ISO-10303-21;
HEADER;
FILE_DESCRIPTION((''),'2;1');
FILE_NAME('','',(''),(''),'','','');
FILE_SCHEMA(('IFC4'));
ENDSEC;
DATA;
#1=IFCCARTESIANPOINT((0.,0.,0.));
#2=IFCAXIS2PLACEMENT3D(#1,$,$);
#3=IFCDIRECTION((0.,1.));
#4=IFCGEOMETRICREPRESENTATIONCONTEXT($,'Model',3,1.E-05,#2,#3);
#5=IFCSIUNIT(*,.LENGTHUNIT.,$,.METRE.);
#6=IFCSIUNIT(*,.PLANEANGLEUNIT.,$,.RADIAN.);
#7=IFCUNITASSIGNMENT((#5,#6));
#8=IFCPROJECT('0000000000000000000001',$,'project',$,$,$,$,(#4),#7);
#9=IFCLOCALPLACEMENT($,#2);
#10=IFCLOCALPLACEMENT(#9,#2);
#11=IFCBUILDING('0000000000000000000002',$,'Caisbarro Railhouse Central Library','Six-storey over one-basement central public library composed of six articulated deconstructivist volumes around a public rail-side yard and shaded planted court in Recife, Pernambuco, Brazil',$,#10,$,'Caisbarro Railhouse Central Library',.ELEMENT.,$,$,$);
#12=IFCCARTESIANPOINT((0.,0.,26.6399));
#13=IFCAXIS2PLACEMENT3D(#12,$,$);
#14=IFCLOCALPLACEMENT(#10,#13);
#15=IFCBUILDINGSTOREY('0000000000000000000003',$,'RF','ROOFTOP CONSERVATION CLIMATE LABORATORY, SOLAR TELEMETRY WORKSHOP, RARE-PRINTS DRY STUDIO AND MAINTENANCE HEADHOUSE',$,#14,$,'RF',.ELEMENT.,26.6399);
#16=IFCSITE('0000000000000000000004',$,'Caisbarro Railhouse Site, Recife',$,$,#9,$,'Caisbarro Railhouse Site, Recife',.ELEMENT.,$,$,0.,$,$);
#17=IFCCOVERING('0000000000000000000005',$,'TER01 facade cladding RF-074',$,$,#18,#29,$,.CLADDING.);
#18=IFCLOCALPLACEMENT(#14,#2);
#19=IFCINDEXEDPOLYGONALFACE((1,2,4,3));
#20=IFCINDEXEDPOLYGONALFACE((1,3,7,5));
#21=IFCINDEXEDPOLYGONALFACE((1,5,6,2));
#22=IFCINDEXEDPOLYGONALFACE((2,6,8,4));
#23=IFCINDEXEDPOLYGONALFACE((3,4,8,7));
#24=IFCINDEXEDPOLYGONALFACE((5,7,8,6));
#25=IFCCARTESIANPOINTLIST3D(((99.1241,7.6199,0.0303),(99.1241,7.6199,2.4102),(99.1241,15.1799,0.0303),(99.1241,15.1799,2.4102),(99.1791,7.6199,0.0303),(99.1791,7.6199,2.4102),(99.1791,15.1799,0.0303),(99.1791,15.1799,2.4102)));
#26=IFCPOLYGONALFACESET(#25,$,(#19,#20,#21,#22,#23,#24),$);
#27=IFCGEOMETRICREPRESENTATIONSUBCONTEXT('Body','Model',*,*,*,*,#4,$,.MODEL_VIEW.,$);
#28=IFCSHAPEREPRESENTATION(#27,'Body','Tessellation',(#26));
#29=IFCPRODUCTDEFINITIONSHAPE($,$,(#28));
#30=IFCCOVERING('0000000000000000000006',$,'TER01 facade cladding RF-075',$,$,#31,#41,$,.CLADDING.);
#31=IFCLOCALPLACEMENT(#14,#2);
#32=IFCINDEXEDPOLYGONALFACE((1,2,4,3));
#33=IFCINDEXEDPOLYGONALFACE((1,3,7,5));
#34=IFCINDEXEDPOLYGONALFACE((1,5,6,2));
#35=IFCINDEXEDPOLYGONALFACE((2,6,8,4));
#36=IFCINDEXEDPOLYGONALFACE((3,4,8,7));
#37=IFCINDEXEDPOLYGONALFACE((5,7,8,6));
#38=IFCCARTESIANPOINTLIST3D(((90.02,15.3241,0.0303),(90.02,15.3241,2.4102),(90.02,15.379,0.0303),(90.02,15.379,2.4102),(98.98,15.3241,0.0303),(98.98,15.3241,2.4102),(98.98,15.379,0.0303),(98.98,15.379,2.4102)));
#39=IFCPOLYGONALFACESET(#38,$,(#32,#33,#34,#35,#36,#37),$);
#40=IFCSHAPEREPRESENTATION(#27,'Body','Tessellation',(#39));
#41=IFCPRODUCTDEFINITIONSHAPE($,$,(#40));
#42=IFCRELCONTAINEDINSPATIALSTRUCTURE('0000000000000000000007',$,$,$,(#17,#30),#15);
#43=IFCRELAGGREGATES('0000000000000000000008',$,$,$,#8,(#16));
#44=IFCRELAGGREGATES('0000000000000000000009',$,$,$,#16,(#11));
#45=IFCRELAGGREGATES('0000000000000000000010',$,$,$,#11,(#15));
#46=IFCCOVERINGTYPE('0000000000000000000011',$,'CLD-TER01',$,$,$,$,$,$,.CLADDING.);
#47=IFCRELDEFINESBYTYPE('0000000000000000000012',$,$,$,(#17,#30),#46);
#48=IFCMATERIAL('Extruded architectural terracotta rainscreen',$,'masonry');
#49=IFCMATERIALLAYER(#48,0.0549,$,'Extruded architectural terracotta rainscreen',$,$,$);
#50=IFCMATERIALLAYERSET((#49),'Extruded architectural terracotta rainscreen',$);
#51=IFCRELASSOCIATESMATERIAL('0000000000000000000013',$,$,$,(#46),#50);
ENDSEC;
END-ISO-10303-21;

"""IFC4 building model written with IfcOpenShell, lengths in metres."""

from ifc_helpers import new_model, si_unit, direction, frame, origin, origin_2d, place, context, subcontext, project, spatial, rectangle, extrude, material, layer, layer_set, type_object, element, save


model = new_model("IFC4")

# Units and contexts
model_context = context("Model", 3, precision=1e-05, world=origin(), true_north=direction((0.0, 1.0)))
body_context = subcontext(model_context, "Body", "Model", "MODEL_VIEW")
ifc_project = project(units=[si_unit("LENGTHUNIT", "METRE"), si_unit("PLANEANGLEUNIT", "RADIAN")], contexts=[model_context])

# Site, building, storey
site_placement = place(None, origin())
site = spatial("IfcSite", under=ifc_project, at=site_placement, Name="Caisbarro Railhouse Site, Recife", LongName="Caisbarro Railhouse Site, Recife", CompositionType="ELEMENT", RefElevation=0.0)
building_placement = place(site_placement, origin())
building = spatial("IfcBuilding", under=site, at=building_placement, Name="Caisbarro Railhouse Central Library", Description="Six-storey over one-basement central public library composed of six articulated deconstructivist volumes around a public rail-side yard and shaded planted court in Recife, Pernambuco, Brazil", LongName="Caisbarro Railhouse Central Library", CompositionType="ELEMENT")
storey_placement = place(building_placement, frame((0.0, 0.0, 26.6399)))
storey = spatial("IfcBuildingStorey", under=building, at=storey_placement, Name="RF", Description="ROOFTOP CONSERVATION CLIMATE LABORATORY, SOLAR TELEMETRY WORKSHOP, RARE-PRINTS DRY STUDIO AND MAINTENANCE HEADHOUSE", LongName="RF", CompositionType="ELEMENT", Elevation=26.6399)

# Coverings
ifc_material_1 = material(Name="Extruded architectural terracotta rainscreen", Category="masonry")
ifc_layer_1 = layer(ifc_material_1, 0.0549, Name="Extruded architectural terracotta rainscreen")
ifc_layer_set_1 = layer_set([ifc_layer_1], Name="Extruded architectural terracotta rainscreen")
covering_type = type_object("IfcCoveringType", Name="CLD-TER01", PredefinedType="CLADDING", material=ifc_layer_set_1)
covering_1_placement = place(storey_placement, frame((99.1516, 11.3999, 0.0303), z_axis=(0.0, 0.0, 1.0), x_axis=(0.0, 1.0, 0.0)))
element("IfcCovering", 1, at=covering_1_placement, inside=storey, type_object=covering_type, Name="TER01 facade cladding RF-074", PredefinedType="CLADDING", context=body_context, shape_type="SweptSolid", body=[
    extrude(rectangle(XDim=7.5601, YDim=0.0549, at=origin_2d()), origin(), (0.0, 0.0, 1.0), 2.3799),
])
covering_2_placement = place(storey_placement, frame((94.5, 15.3516, 0.0303), z_axis=(0.0, 0.0, 1.0), x_axis=(-1.0, 0.0, 0.0)))
element("IfcCovering", 2, at=covering_2_placement, inside=storey, type_object=covering_type, Name="TER01 facade cladding RF-075", PredefinedType="CLADDING", context=body_context, shape_type="SweptSolid", body=[
    extrude(rectangle(XDim=8.96, YDim=0.0549, at=origin_2d()), origin(), (0.0, 0.0, 1.0), 2.3799),
])

save(model, "model.ifc")
